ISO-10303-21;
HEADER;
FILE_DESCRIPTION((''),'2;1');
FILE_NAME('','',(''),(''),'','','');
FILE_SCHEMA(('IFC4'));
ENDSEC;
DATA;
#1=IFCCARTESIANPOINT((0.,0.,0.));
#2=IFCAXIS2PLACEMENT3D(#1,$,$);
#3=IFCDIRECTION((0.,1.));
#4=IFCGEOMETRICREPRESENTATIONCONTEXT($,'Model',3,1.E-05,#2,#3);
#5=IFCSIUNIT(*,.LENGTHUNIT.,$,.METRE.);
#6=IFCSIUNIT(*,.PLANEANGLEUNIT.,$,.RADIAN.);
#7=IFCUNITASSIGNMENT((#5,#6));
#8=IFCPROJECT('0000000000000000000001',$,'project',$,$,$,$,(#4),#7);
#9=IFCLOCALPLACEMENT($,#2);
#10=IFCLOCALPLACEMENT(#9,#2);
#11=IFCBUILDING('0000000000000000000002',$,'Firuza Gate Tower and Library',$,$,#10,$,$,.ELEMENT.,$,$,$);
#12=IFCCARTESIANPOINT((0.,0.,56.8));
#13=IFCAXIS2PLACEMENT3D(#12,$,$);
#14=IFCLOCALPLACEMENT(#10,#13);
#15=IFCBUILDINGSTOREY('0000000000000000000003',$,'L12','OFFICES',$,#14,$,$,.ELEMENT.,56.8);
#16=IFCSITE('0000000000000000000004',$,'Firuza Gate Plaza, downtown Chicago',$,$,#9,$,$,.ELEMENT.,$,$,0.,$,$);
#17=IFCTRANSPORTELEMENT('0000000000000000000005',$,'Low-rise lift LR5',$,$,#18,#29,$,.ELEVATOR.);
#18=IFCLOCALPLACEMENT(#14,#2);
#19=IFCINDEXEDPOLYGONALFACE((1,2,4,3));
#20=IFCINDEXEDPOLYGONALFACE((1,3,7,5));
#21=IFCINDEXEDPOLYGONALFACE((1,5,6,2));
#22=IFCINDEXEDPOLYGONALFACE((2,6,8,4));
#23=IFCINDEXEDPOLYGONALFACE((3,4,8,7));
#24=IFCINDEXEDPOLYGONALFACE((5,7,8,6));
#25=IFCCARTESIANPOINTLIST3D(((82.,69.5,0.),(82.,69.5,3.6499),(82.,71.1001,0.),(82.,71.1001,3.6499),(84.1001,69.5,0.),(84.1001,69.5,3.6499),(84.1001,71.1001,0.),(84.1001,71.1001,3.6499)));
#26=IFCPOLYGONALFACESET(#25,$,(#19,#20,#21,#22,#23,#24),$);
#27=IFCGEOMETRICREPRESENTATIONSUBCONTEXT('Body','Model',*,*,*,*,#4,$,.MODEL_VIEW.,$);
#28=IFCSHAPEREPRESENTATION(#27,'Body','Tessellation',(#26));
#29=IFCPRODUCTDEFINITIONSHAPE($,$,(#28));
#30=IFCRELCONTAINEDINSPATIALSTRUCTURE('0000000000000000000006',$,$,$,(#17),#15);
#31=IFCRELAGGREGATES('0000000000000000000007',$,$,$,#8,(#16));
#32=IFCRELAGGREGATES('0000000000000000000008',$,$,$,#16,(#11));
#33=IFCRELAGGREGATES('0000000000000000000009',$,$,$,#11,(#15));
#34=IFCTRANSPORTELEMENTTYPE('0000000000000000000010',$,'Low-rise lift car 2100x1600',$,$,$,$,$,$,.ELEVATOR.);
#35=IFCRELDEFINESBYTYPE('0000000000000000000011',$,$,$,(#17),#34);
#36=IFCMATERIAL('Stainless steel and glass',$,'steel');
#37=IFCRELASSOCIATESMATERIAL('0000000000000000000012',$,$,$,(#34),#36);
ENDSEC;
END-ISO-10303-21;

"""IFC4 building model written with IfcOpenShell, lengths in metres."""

from ifc_helpers import new_model, si_unit, direction, frame, origin, origin_2d, place, context, subcontext, project, spatial, rectangle, extrude, material, type_object, element, save


model = new_model("IFC4")

# Units and contexts
model_context = context("Model", 3, precision=1e-05, world=origin(), true_north=direction((0.0, 1.0)))
body_context = subcontext(model_context, "Body", "Model", "MODEL_VIEW")
ifc_project = project(units=[si_unit("LENGTHUNIT", "METRE"), si_unit("PLANEANGLEUNIT", "RADIAN")], contexts=[model_context])

# Site, building, storey
site_placement = place(None, origin())
site = spatial("IfcSite", under=ifc_project, at=site_placement, Name="Firuza Gate Plaza, downtown Chicago", CompositionType="ELEMENT", RefElevation=0.0)
building_placement = place(site_placement, origin())
building = spatial("IfcBuilding", under=site, at=building_placement, Name="Firuza Gate Tower and Library", CompositionType="ELEMENT")
storey_placement = place(building_placement, frame((0.0, 0.0, 56.8)))
storey = spatial("IfcBuildingStorey", under=building, at=storey_placement, Name="L12", Description="OFFICES", CompositionType="ELEMENT", Elevation=56.8)

# Transport element
ifc_material_1 = material(Name="Stainless steel and glass", Category="steel")
transport_element_type = type_object("IfcTransportElementType", Name="Low-rise lift car 2100x1600", PredefinedType="ELEVATOR", material=ifc_material_1)
transport_element_placement = place(storey_placement, frame((83.05, 70.3, 0.0), z_axis=(0.0, 0.0, 1.0), x_axis=(1.0, 0.0, 0.0)))
element("IfcTransportElement", 1, at=transport_element_placement, inside=storey, type_object=transport_element_type, Name="Low-rise lift LR5", PredefinedType="ELEVATOR", context=body_context, shape_type="SweptSolid", body=[
    extrude(rectangle(XDim=2.1001, YDim=1.6001, at=origin_2d()), origin(), (0.0, 0.0, 1.0), 3.6499),
])

save(model, "model.ifc")
